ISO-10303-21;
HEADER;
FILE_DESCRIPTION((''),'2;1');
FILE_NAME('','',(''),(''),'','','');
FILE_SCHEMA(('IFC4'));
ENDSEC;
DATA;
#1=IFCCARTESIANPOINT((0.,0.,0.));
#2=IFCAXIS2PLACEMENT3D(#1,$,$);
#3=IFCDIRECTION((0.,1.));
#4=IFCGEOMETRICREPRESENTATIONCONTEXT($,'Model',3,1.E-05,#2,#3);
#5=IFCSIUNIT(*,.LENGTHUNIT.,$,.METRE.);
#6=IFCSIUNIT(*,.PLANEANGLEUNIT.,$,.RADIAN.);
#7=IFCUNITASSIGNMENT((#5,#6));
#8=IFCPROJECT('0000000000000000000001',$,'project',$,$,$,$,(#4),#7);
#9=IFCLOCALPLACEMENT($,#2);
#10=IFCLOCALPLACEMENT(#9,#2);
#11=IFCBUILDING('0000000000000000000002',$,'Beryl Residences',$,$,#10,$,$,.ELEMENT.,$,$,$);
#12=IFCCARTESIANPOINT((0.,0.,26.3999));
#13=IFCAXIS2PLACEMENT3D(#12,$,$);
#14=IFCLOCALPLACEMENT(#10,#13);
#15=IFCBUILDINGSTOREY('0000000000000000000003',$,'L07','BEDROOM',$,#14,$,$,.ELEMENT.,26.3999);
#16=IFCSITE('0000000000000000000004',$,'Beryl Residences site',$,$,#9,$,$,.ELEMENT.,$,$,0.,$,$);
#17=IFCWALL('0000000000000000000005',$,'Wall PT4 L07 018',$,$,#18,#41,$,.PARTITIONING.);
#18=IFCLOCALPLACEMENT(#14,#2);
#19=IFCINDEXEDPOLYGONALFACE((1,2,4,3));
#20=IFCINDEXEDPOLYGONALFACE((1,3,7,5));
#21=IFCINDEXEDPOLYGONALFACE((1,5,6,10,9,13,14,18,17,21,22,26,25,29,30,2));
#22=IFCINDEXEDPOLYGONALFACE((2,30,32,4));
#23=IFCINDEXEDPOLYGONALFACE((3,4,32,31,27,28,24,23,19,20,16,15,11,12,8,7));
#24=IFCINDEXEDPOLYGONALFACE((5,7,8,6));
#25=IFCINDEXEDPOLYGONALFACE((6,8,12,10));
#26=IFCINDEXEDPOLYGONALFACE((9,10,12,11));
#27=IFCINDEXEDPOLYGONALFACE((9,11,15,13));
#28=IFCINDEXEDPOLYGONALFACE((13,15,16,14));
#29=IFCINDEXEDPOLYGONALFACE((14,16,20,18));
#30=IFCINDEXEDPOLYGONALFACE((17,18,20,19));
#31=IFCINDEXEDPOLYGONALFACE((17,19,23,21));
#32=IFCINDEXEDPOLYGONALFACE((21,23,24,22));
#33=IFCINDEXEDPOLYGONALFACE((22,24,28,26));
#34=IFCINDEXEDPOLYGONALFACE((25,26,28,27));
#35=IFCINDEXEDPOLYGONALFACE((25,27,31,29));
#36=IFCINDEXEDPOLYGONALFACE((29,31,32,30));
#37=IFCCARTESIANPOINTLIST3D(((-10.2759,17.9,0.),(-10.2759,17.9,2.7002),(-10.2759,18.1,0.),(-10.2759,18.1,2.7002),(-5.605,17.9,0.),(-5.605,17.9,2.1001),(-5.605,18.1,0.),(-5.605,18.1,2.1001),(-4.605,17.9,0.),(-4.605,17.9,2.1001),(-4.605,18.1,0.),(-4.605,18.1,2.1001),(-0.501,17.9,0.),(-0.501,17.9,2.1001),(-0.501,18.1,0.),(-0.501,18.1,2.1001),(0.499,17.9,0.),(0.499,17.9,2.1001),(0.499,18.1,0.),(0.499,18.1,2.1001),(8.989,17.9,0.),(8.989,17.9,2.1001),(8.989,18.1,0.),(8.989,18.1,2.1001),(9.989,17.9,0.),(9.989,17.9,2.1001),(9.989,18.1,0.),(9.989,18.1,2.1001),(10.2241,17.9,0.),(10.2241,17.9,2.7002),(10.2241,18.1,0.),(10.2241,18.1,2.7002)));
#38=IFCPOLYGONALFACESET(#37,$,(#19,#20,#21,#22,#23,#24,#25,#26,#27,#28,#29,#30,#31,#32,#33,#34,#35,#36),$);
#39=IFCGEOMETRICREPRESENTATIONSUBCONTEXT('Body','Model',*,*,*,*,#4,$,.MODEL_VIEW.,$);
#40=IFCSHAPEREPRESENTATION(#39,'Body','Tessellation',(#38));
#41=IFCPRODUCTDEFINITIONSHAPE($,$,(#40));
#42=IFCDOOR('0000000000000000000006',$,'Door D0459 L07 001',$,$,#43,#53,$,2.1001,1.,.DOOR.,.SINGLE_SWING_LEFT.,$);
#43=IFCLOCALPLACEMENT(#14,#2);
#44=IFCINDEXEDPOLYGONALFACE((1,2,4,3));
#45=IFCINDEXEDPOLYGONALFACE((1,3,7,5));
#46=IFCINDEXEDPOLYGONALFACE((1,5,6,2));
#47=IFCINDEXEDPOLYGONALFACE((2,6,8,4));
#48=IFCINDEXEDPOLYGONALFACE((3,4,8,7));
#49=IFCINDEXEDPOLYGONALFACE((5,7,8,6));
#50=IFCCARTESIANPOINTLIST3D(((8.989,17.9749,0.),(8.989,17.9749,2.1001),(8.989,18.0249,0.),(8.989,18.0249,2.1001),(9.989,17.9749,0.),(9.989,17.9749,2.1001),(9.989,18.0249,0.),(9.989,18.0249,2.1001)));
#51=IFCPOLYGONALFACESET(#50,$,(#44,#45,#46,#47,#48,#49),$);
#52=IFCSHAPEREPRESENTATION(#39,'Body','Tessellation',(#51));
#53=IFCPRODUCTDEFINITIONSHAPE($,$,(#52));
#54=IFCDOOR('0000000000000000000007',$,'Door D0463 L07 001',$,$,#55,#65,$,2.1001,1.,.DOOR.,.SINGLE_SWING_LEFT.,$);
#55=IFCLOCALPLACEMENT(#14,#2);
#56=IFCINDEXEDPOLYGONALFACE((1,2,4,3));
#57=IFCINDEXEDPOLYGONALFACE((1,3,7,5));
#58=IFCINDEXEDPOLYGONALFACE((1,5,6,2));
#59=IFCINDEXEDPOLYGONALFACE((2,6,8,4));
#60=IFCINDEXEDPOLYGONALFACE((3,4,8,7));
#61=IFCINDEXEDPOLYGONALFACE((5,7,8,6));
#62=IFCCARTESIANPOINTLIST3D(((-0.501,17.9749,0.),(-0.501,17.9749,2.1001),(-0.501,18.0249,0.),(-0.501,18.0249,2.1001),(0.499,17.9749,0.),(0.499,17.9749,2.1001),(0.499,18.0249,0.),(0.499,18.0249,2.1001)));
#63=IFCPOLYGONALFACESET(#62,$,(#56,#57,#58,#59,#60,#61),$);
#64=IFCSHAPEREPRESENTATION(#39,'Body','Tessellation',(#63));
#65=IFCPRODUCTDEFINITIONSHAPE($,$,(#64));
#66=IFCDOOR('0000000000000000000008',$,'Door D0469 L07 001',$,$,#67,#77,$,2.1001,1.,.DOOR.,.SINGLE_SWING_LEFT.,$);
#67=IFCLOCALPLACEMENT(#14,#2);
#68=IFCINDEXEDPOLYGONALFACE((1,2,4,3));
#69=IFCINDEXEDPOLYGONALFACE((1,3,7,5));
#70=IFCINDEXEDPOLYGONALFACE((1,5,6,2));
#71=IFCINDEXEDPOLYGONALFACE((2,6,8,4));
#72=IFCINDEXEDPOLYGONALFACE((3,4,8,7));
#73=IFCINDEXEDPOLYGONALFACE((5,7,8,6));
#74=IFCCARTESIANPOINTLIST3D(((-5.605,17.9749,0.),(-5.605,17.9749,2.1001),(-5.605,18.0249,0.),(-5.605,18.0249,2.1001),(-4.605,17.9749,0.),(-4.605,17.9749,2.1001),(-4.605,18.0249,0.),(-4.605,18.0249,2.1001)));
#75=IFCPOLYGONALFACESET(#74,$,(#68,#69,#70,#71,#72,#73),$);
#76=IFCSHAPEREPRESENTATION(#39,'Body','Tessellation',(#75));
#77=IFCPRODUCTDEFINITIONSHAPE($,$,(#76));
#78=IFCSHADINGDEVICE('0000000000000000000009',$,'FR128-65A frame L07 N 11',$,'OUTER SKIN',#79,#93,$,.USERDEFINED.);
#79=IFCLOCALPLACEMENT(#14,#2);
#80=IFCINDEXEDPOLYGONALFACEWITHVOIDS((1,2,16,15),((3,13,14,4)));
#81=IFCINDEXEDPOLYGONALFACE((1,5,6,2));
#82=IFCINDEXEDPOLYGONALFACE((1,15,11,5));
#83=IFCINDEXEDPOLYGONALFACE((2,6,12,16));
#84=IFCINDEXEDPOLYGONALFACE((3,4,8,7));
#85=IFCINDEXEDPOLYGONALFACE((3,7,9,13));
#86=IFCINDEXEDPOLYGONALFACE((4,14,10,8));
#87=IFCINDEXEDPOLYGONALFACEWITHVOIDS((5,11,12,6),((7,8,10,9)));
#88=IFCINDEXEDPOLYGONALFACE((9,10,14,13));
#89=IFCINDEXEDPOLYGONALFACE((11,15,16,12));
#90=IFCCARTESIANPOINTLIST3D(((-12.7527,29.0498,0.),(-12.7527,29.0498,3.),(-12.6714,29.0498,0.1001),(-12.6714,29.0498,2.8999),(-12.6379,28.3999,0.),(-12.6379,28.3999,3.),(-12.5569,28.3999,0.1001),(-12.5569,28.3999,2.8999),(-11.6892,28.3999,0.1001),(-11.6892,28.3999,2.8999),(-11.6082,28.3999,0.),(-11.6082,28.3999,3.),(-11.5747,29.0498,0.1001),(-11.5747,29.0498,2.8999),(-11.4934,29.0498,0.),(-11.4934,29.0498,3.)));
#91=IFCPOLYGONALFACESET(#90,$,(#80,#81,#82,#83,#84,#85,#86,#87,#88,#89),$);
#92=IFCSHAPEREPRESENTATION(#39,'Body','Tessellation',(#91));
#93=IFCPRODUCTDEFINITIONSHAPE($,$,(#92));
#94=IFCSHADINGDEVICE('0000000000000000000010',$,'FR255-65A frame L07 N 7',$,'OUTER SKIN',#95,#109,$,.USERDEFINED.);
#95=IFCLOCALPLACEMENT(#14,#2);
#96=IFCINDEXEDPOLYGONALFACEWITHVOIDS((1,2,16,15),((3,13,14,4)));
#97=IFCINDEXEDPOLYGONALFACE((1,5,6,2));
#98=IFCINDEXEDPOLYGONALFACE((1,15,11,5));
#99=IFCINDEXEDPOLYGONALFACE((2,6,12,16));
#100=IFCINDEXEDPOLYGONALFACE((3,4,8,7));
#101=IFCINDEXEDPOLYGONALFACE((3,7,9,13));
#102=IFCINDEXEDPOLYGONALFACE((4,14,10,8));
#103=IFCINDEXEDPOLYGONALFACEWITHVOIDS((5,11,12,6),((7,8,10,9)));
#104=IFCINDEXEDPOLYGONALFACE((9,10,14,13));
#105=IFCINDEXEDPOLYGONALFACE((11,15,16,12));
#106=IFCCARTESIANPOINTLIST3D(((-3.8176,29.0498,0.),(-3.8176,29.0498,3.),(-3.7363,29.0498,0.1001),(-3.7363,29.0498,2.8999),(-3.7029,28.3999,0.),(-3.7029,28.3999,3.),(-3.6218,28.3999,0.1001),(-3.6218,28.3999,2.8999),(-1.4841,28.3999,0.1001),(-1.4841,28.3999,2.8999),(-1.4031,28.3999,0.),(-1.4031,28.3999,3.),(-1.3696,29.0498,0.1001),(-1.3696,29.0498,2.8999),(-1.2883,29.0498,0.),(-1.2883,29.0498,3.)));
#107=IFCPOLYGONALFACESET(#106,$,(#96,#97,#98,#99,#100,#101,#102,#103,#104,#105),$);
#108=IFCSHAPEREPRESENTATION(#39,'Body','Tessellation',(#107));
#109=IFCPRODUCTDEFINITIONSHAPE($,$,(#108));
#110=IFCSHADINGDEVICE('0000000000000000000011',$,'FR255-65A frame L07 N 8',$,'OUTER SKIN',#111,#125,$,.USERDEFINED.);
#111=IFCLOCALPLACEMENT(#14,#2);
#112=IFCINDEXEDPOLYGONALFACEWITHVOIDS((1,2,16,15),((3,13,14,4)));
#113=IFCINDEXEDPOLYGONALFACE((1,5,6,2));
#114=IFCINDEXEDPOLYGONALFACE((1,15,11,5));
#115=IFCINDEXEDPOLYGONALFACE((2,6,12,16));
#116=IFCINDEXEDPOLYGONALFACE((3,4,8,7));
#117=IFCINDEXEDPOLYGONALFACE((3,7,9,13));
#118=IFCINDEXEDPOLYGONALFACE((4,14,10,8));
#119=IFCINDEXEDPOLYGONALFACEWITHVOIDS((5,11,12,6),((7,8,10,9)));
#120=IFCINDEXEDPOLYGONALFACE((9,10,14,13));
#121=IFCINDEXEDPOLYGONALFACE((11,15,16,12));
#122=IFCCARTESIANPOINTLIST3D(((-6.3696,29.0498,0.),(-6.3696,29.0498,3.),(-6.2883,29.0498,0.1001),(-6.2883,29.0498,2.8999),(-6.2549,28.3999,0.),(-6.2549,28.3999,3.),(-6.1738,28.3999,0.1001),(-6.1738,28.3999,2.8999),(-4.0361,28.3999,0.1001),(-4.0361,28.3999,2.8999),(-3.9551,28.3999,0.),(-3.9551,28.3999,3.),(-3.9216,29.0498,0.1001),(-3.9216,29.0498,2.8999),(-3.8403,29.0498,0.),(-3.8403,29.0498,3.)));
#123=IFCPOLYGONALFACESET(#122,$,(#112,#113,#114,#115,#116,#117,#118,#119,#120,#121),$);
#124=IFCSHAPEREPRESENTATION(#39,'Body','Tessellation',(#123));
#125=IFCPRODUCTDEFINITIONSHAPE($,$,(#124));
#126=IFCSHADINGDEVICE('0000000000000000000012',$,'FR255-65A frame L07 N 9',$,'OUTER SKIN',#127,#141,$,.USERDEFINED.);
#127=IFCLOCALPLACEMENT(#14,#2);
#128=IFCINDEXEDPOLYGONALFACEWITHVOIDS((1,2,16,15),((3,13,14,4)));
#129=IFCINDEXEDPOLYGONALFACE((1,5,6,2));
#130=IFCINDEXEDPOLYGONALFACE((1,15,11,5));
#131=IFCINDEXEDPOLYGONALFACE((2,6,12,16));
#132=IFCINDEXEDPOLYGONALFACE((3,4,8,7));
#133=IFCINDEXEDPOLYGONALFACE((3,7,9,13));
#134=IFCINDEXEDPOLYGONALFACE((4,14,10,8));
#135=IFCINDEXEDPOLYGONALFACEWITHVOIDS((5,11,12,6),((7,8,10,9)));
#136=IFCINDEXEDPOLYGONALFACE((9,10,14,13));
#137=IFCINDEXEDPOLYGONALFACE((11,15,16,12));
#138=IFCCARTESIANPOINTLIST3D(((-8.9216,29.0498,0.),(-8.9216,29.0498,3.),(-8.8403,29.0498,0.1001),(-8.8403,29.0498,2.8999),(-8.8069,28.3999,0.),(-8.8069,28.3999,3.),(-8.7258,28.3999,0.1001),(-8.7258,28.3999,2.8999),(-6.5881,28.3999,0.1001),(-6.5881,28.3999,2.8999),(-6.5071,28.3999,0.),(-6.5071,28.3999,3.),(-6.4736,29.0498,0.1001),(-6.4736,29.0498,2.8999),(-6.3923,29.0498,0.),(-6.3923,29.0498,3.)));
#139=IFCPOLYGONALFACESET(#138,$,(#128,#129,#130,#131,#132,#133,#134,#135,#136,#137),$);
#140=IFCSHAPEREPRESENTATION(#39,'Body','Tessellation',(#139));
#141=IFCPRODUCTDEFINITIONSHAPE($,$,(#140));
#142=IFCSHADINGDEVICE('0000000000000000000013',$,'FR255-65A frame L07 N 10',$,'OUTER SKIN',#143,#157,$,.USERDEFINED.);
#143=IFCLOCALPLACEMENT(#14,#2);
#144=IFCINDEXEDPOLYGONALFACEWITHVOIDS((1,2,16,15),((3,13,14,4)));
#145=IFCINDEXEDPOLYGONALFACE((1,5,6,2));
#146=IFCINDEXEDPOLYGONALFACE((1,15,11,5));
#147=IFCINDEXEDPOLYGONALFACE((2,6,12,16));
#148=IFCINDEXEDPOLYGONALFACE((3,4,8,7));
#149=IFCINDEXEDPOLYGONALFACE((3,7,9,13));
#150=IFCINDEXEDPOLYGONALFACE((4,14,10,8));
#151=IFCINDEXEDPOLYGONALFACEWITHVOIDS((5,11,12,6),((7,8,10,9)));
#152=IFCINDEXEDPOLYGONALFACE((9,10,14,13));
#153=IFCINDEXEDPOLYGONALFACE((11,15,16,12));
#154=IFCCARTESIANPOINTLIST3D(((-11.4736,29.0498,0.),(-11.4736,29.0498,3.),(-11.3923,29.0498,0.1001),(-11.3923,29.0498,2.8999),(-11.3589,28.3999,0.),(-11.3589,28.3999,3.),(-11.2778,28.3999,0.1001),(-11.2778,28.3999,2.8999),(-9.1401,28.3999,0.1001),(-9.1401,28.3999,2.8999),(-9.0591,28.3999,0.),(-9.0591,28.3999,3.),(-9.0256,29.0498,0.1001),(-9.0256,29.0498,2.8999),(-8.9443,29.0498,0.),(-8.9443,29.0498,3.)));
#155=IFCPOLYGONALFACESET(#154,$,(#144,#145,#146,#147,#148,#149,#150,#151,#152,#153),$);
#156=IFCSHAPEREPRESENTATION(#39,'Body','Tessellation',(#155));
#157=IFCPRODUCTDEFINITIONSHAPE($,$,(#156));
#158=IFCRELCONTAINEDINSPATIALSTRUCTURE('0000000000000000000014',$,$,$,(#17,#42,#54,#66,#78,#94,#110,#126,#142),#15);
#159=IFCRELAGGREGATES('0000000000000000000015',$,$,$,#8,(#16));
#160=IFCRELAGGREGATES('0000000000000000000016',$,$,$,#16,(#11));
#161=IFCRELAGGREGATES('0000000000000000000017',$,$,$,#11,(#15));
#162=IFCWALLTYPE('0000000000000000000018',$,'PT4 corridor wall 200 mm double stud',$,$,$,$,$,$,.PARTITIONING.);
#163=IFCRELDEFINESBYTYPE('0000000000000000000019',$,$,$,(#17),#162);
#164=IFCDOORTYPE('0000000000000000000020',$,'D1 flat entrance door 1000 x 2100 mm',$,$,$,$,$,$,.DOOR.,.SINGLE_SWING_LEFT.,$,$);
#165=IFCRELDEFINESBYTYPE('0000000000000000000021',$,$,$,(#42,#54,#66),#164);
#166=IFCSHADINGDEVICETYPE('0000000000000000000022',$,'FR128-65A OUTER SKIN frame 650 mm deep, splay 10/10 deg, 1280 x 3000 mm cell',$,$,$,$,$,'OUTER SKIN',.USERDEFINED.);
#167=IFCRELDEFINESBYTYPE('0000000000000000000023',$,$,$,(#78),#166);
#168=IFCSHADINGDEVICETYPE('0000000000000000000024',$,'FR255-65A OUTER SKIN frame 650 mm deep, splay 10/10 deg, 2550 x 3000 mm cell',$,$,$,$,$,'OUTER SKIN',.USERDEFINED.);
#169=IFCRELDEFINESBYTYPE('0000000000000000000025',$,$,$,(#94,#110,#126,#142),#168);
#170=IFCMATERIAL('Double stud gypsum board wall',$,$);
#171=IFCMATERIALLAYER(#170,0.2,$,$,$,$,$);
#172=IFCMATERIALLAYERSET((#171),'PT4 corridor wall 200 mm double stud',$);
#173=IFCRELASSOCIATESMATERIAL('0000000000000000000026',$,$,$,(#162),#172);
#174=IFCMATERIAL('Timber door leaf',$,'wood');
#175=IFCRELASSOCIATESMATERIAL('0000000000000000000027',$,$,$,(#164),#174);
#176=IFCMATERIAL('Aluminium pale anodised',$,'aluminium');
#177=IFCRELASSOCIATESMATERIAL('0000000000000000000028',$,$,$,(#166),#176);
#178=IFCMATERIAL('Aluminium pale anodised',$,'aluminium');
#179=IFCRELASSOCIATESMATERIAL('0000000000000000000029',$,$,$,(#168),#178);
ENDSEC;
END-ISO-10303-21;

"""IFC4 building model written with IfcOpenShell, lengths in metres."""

from ifc_helpers import new_model, entity, si_unit, direction, frame, frame_2d, origin, place, context, subcontext, project, spatial, rectangle, extrude, source, transform, mapped, material, layer, layer_set, type_object, type_shapes, element, fill, save


model = new_model("IFC4")

# Units and contexts
model_context = context("Model", 3, precision=1e-05, world=origin(), true_north=direction((0.0, 1.0)))
body_context = subcontext(model_context, "Body", "Model", "MODEL_VIEW")
ifc_project = project(units=[si_unit("LENGTHUNIT", "METRE"), si_unit("PLANEANGLEUNIT", "RADIAN")], contexts=[model_context])

# Site, building, storey
site_placement = place(None, origin())
site = spatial("IfcSite", under=ifc_project, at=site_placement, Name="Beryl Residences site", CompositionType="ELEMENT", RefElevation=0.0)
building_placement = place(site_placement, origin())
building = spatial("IfcBuilding", under=site, at=building_placement, Name="Beryl Residences", CompositionType="ELEMENT")
storey_placement = place(building_placement, frame((0.0, 0.0, 26.3999)))
storey = spatial("IfcBuildingStorey", under=building, at=storey_placement, Name="L07", Description="BEDROOM", CompositionType="ELEMENT", Elevation=26.3999)

# Shared definitions
ifc_material_1 = material(Name="Double stud gypsum board wall")
ifc_layer_1 = layer(ifc_material_1, 0.2)
ifc_layer_set_1 = layer_set([ifc_layer_1], Name="PT4 corridor wall 200 mm double stud")
wall_type_1 = type_object("IfcWallType", Name="PT4 corridor wall 200 mm double stud", PredefinedType="PARTITIONING", material=ifc_layer_set_1)

# Wall, openings, doors
wall_1_placement = place(storey_placement, frame((-10.2759, 18.0, 0.0), z_axis=(0.0, 0.0, 1.0), x_axis=(1.0, 0.0, 0.0)))
wall_1 = element("IfcWall", 1, at=wall_1_placement, inside=storey, type_object=wall_type_1, Name="Wall PT4 L07 018", PredefinedType="PARTITIONING", context=body_context, shape_type="SweptSolid", body=[
    extrude(rectangle(XDim=20.5, YDim=0.2, at=frame_2d((10.25, 0.0))), origin(), (0.0, 0.0, 1.0), 2.7002),
])
opening_1_placement = place(wall_1_placement, frame((19.2649, 0.0, 0.0)))
opening_1 = element("IfcOpeningElement", 2, at=opening_1_placement, cuts=wall_1, PredefinedType="OPENING", context=body_context, shape_type="SweptSolid", body=[
    extrude(rectangle(XDim=1.0, YDim=2.1001, at=frame_2d((0.5, 1.05))), frame((0.0, 0.1099, 0.0), z_axis=(0.0, -1.0, 0.0), x_axis=(1.0, 0.0, 0.0)), (0.0, 0.0, 1.0), 0.22),
])
opening_2_placement = place(wall_1_placement, frame((9.7749, 0.0, 0.0)))
opening_2 = element("IfcOpeningElement", 3, at=opening_2_placement, cuts=wall_1, PredefinedType="OPENING", context=body_context, shape_type="SweptSolid", body=[
    extrude(rectangle(XDim=1.0, YDim=2.1001, at=frame_2d((0.5, 1.05))), frame((0.0, 0.1099, 0.0), z_axis=(0.0, -1.0, 0.0), x_axis=(1.0, 0.0, 0.0)), (0.0, 0.0, 1.0), 0.22),
])
opening_3_placement = place(wall_1_placement, frame((4.6709, 0.0, 0.0)))
opening_3 = element("IfcOpeningElement", 4, at=opening_3_placement, cuts=wall_1, PredefinedType="OPENING", context=body_context, shape_type="SweptSolid", body=[
    extrude(rectangle(XDim=1.0, YDim=2.1001, at=frame_2d((0.5, 1.05))), frame((0.0, 0.1099, 0.0), z_axis=(0.0, -1.0, 0.0), x_axis=(1.0, 0.0, 0.0)), (0.0, 0.0, 1.0), 0.22),
])
ifc_material_2 = material(Name="Timber door leaf", Category="wood")
door_type_1 = type_object("IfcDoorType", Name="D1 flat entrance door 1000 x 2100 mm", OperationType="SINGLE_SWING_LEFT", PredefinedType="DOOR", material=ifc_material_2)
door_1_placement = place(opening_1_placement, origin())
door_1 = element("IfcDoor", 5, at=door_1_placement, inside=storey, type_object=door_type_1, Name="Door D0459 L07 001", OperationType="SINGLE_SWING_LEFT", OverallHeight=2.1001, OverallWidth=1.0, PredefinedType="DOOR", context=body_context, shape_type="SweptSolid", body=[
    extrude(rectangle(XDim=1.0, YDim=2.1001, at=frame_2d((0.5, 1.05))), frame((0.0, 0.0249, 0.0), z_axis=(0.0, -1.0, 0.0), x_axis=(1.0, 0.0, 0.0)), (0.0, 0.0, 1.0), 0.05),
])
fill(opening_1, door_1)
door_2_placement = place(opening_2_placement, origin())
door_2 = element("IfcDoor", 6, at=door_2_placement, inside=storey, type_object=door_type_1, Name="Door D0463 L07 001", OperationType="SINGLE_SWING_LEFT", OverallHeight=2.1001, OverallWidth=1.0, PredefinedType="DOOR", context=body_context, shape_type="SweptSolid", body=[
    extrude(rectangle(XDim=1.0, YDim=2.1001, at=frame_2d((0.5, 1.05))), frame((0.0, 0.0249, 0.0), z_axis=(0.0, -1.0, 0.0), x_axis=(1.0, 0.0, 0.0)), (0.0, 0.0, 1.0), 0.05),
])
fill(opening_2, door_2)
door_3_placement = place(opening_3_placement, origin())
door_3 = element("IfcDoor", 7, at=door_3_placement, inside=storey, type_object=door_type_1, Name="Door D0469 L07 001", OperationType="SINGLE_SWING_LEFT", OverallHeight=2.1001, OverallWidth=1.0, PredefinedType="DOOR", context=body_context, shape_type="SweptSolid", body=[
    extrude(rectangle(XDim=1.0, YDim=2.1001, at=frame_2d((0.5, 1.05))), frame((0.0, 0.0249, 0.0), z_axis=(0.0, -1.0, 0.0), x_axis=(1.0, 0.0, 0.0)), (0.0, 0.0, 1.0), 0.05),
])
fill(opening_3, door_3)

# Shading devices
ifc_material_3 = material(Name="Aluminium pale anodised", Category="aluminium")
shading_device_type_1 = type_object("IfcShadingDeviceType", Name="FR128-65A OUTER SKIN frame 650 mm deep, splay 10/10 deg, 1280 x 3000 mm cell", ElementType="OUTER SKIN", PredefinedType="USERDEFINED", material=ifc_material_3)
cartesian_point_1 = entity("IfcCartesianPoint", [-0.5149, 0.0])
cartesian_point_2 = entity("IfcCartesianPoint", [-0.4338, 0.1001])
cartesian_point_3 = entity("IfcCartesianPoint", [-0.6296, 0.0])
cartesian_point_4 = entity("IfcCartesianPoint", [-0.5483, 0.1001])
shared_shape_1 = source(origin(), body_context, "Body", "SweptSolid", [
    entity("IfcExtrudedAreaSolidTapered", entity("IfcArbitraryProfileDefWithVoids", "AREA", None, entity("IfcPolyline", [cartesian_point_1, entity("IfcCartesianPoint", [0.5149, 0.0]), entity("IfcCartesianPoint", [0.5149, 3.0]), entity("IfcCartesianPoint", [-0.5149, 3.0]), cartesian_point_1]), [entity("IfcPolyline", [cartesian_point_2, entity("IfcCartesianPoint", [0.4338, 0.1001]), entity("IfcCartesianPoint", [0.4338, 2.8999]), entity("IfcCartesianPoint", [-0.4338, 2.8999]), cartesian_point_2])]), entity("IfcAxis2Placement3D", entity("IfcCartesianPoint", [0.0, 0.0, 0.0]), entity("IfcDirection", [0.0, 1.0, 0.0]), entity("IfcDirection", [-1.0, 0.0, 0.0])), entity("IfcDirection", [0.0, 0.0, 1.0]), 0.6499, entity("IfcArbitraryProfileDefWithVoids", "AREA", None, entity("IfcPolyline", [cartesian_point_3, entity("IfcCartesianPoint", [0.6296, 0.0]), entity("IfcCartesianPoint", [0.6296, 3.0]), entity("IfcCartesianPoint", [-0.6296, 3.0]), cartesian_point_3]), [entity("IfcPolyline", [cartesian_point_4, entity("IfcCartesianPoint", [0.5483, 0.1001]), entity("IfcCartesianPoint", [0.5483, 2.8999]), entity("IfcCartesianPoint", [-0.5483, 2.8999]), cartesian_point_4])])),
])
type_shapes(shading_device_type_1, [shared_shape_1])
shading_device_placement = place(storey_placement, frame((-12.123, 28.3999, 0.0), z_axis=(0.0, 0.0, 1.0), x_axis=(1.0, 0.0, 0.0)))
element("IfcShadingDevice", 8, at=shading_device_placement, inside=storey, type_object=shading_device_type_1, Name="FR128-65A frame L07 N 11", ObjectType="OUTER SKIN", PredefinedType="USERDEFINED", context=body_context, shape_type="MappedRepresentation", body=[
    mapped(shared_shape_1, transform((0.0, 0.0, 0.0))),
])
ifc_material_4 = material(Name="Aluminium pale anodised", Category="aluminium")
shading_device_type_2 = type_object("IfcShadingDeviceType", Name="FR255-65A OUTER SKIN frame 650 mm deep, splay 10/10 deg, 2550 x 3000 mm cell", ElementType="OUTER SKIN", PredefinedType="USERDEFINED", material=ifc_material_4)
cartesian_point_5 = entity("IfcCartesianPoint", [-1.1499, 0.0])
cartesian_point_6 = entity("IfcCartesianPoint", [-1.0688, 0.1001])
cartesian_point_7 = entity("IfcCartesianPoint", [-1.2646, 0.0])
cartesian_point_8 = entity("IfcCartesianPoint", [-1.1833, 0.1001])
shared_shape_2 = source(origin(), body_context, "Body", "SweptSolid", [
    entity("IfcExtrudedAreaSolidTapered", entity("IfcArbitraryProfileDefWithVoids", "AREA", None, entity("IfcPolyline", [cartesian_point_5, entity("IfcCartesianPoint", [1.1499, 0.0]), entity("IfcCartesianPoint", [1.1499, 3.0]), entity("IfcCartesianPoint", [-1.1499, 3.0]), cartesian_point_5]), [entity("IfcPolyline", [cartesian_point_6, entity("IfcCartesianPoint", [1.0688, 0.1001]), entity("IfcCartesianPoint", [1.0688, 2.8999]), entity("IfcCartesianPoint", [-1.0688, 2.8999]), cartesian_point_6])]), entity("IfcAxis2Placement3D", entity("IfcCartesianPoint", [0.0, 0.0, 0.0]), entity("IfcDirection", [0.0, 1.0, 0.0]), entity("IfcDirection", [-1.0, 0.0, 0.0])), entity("IfcDirection", [0.0, 0.0, 1.0]), 0.6499, entity("IfcArbitraryProfileDefWithVoids", "AREA", None, entity("IfcPolyline", [cartesian_point_7, entity("IfcCartesianPoint", [1.2646, 0.0]), entity("IfcCartesianPoint", [1.2646, 3.0]), entity("IfcCartesianPoint", [-1.2646, 3.0]), cartesian_point_7]), [entity("IfcPolyline", [cartesian_point_8, entity("IfcCartesianPoint", [1.1833, 0.1001]), entity("IfcCartesianPoint", [1.1833, 2.8999]), entity("IfcCartesianPoint", [-1.1833, 2.8999]), cartesian_point_8])])),
])
type_shapes(shading_device_type_2, [shared_shape_2])
for number, where, z_axis, x_axis, name in (
    (9, (-2.553, 28.3999, 0.0), (0.0, 0.0, 1.0), (1.0, 0.0, 0.0), "FR255-65A frame L07 N 7"),
    (10, (-5.105, 28.3999, 0.0), (0.0, 0.0, 1.0), (1.0, 0.0, 0.0), "FR255-65A frame L07 N 8"),
    (11, (-7.657, 28.3999, 0.0), (0.0, 0.0, 1.0), (1.0, 0.0, 0.0), "FR255-65A frame L07 N 9"),
    (12, (-10.209, 28.3999, 0.0), (0.0, 0.0, 1.0), (1.0, 0.0, 0.0), "FR255-65A frame L07 N 10"),
):
    element("IfcShadingDevice", number, at=place(storey_placement, frame(where, z_axis=z_axis, x_axis=x_axis)), inside=storey, type_object=shading_device_type_2, Name=name, ObjectType="OUTER SKIN", PredefinedType="USERDEFINED", context=body_context, shape_type="MappedRepresentation", body=[
        mapped(shared_shape_2, transform((0.0, 0.0, 0.0))),
    ])

save(model, "model.ifc")
